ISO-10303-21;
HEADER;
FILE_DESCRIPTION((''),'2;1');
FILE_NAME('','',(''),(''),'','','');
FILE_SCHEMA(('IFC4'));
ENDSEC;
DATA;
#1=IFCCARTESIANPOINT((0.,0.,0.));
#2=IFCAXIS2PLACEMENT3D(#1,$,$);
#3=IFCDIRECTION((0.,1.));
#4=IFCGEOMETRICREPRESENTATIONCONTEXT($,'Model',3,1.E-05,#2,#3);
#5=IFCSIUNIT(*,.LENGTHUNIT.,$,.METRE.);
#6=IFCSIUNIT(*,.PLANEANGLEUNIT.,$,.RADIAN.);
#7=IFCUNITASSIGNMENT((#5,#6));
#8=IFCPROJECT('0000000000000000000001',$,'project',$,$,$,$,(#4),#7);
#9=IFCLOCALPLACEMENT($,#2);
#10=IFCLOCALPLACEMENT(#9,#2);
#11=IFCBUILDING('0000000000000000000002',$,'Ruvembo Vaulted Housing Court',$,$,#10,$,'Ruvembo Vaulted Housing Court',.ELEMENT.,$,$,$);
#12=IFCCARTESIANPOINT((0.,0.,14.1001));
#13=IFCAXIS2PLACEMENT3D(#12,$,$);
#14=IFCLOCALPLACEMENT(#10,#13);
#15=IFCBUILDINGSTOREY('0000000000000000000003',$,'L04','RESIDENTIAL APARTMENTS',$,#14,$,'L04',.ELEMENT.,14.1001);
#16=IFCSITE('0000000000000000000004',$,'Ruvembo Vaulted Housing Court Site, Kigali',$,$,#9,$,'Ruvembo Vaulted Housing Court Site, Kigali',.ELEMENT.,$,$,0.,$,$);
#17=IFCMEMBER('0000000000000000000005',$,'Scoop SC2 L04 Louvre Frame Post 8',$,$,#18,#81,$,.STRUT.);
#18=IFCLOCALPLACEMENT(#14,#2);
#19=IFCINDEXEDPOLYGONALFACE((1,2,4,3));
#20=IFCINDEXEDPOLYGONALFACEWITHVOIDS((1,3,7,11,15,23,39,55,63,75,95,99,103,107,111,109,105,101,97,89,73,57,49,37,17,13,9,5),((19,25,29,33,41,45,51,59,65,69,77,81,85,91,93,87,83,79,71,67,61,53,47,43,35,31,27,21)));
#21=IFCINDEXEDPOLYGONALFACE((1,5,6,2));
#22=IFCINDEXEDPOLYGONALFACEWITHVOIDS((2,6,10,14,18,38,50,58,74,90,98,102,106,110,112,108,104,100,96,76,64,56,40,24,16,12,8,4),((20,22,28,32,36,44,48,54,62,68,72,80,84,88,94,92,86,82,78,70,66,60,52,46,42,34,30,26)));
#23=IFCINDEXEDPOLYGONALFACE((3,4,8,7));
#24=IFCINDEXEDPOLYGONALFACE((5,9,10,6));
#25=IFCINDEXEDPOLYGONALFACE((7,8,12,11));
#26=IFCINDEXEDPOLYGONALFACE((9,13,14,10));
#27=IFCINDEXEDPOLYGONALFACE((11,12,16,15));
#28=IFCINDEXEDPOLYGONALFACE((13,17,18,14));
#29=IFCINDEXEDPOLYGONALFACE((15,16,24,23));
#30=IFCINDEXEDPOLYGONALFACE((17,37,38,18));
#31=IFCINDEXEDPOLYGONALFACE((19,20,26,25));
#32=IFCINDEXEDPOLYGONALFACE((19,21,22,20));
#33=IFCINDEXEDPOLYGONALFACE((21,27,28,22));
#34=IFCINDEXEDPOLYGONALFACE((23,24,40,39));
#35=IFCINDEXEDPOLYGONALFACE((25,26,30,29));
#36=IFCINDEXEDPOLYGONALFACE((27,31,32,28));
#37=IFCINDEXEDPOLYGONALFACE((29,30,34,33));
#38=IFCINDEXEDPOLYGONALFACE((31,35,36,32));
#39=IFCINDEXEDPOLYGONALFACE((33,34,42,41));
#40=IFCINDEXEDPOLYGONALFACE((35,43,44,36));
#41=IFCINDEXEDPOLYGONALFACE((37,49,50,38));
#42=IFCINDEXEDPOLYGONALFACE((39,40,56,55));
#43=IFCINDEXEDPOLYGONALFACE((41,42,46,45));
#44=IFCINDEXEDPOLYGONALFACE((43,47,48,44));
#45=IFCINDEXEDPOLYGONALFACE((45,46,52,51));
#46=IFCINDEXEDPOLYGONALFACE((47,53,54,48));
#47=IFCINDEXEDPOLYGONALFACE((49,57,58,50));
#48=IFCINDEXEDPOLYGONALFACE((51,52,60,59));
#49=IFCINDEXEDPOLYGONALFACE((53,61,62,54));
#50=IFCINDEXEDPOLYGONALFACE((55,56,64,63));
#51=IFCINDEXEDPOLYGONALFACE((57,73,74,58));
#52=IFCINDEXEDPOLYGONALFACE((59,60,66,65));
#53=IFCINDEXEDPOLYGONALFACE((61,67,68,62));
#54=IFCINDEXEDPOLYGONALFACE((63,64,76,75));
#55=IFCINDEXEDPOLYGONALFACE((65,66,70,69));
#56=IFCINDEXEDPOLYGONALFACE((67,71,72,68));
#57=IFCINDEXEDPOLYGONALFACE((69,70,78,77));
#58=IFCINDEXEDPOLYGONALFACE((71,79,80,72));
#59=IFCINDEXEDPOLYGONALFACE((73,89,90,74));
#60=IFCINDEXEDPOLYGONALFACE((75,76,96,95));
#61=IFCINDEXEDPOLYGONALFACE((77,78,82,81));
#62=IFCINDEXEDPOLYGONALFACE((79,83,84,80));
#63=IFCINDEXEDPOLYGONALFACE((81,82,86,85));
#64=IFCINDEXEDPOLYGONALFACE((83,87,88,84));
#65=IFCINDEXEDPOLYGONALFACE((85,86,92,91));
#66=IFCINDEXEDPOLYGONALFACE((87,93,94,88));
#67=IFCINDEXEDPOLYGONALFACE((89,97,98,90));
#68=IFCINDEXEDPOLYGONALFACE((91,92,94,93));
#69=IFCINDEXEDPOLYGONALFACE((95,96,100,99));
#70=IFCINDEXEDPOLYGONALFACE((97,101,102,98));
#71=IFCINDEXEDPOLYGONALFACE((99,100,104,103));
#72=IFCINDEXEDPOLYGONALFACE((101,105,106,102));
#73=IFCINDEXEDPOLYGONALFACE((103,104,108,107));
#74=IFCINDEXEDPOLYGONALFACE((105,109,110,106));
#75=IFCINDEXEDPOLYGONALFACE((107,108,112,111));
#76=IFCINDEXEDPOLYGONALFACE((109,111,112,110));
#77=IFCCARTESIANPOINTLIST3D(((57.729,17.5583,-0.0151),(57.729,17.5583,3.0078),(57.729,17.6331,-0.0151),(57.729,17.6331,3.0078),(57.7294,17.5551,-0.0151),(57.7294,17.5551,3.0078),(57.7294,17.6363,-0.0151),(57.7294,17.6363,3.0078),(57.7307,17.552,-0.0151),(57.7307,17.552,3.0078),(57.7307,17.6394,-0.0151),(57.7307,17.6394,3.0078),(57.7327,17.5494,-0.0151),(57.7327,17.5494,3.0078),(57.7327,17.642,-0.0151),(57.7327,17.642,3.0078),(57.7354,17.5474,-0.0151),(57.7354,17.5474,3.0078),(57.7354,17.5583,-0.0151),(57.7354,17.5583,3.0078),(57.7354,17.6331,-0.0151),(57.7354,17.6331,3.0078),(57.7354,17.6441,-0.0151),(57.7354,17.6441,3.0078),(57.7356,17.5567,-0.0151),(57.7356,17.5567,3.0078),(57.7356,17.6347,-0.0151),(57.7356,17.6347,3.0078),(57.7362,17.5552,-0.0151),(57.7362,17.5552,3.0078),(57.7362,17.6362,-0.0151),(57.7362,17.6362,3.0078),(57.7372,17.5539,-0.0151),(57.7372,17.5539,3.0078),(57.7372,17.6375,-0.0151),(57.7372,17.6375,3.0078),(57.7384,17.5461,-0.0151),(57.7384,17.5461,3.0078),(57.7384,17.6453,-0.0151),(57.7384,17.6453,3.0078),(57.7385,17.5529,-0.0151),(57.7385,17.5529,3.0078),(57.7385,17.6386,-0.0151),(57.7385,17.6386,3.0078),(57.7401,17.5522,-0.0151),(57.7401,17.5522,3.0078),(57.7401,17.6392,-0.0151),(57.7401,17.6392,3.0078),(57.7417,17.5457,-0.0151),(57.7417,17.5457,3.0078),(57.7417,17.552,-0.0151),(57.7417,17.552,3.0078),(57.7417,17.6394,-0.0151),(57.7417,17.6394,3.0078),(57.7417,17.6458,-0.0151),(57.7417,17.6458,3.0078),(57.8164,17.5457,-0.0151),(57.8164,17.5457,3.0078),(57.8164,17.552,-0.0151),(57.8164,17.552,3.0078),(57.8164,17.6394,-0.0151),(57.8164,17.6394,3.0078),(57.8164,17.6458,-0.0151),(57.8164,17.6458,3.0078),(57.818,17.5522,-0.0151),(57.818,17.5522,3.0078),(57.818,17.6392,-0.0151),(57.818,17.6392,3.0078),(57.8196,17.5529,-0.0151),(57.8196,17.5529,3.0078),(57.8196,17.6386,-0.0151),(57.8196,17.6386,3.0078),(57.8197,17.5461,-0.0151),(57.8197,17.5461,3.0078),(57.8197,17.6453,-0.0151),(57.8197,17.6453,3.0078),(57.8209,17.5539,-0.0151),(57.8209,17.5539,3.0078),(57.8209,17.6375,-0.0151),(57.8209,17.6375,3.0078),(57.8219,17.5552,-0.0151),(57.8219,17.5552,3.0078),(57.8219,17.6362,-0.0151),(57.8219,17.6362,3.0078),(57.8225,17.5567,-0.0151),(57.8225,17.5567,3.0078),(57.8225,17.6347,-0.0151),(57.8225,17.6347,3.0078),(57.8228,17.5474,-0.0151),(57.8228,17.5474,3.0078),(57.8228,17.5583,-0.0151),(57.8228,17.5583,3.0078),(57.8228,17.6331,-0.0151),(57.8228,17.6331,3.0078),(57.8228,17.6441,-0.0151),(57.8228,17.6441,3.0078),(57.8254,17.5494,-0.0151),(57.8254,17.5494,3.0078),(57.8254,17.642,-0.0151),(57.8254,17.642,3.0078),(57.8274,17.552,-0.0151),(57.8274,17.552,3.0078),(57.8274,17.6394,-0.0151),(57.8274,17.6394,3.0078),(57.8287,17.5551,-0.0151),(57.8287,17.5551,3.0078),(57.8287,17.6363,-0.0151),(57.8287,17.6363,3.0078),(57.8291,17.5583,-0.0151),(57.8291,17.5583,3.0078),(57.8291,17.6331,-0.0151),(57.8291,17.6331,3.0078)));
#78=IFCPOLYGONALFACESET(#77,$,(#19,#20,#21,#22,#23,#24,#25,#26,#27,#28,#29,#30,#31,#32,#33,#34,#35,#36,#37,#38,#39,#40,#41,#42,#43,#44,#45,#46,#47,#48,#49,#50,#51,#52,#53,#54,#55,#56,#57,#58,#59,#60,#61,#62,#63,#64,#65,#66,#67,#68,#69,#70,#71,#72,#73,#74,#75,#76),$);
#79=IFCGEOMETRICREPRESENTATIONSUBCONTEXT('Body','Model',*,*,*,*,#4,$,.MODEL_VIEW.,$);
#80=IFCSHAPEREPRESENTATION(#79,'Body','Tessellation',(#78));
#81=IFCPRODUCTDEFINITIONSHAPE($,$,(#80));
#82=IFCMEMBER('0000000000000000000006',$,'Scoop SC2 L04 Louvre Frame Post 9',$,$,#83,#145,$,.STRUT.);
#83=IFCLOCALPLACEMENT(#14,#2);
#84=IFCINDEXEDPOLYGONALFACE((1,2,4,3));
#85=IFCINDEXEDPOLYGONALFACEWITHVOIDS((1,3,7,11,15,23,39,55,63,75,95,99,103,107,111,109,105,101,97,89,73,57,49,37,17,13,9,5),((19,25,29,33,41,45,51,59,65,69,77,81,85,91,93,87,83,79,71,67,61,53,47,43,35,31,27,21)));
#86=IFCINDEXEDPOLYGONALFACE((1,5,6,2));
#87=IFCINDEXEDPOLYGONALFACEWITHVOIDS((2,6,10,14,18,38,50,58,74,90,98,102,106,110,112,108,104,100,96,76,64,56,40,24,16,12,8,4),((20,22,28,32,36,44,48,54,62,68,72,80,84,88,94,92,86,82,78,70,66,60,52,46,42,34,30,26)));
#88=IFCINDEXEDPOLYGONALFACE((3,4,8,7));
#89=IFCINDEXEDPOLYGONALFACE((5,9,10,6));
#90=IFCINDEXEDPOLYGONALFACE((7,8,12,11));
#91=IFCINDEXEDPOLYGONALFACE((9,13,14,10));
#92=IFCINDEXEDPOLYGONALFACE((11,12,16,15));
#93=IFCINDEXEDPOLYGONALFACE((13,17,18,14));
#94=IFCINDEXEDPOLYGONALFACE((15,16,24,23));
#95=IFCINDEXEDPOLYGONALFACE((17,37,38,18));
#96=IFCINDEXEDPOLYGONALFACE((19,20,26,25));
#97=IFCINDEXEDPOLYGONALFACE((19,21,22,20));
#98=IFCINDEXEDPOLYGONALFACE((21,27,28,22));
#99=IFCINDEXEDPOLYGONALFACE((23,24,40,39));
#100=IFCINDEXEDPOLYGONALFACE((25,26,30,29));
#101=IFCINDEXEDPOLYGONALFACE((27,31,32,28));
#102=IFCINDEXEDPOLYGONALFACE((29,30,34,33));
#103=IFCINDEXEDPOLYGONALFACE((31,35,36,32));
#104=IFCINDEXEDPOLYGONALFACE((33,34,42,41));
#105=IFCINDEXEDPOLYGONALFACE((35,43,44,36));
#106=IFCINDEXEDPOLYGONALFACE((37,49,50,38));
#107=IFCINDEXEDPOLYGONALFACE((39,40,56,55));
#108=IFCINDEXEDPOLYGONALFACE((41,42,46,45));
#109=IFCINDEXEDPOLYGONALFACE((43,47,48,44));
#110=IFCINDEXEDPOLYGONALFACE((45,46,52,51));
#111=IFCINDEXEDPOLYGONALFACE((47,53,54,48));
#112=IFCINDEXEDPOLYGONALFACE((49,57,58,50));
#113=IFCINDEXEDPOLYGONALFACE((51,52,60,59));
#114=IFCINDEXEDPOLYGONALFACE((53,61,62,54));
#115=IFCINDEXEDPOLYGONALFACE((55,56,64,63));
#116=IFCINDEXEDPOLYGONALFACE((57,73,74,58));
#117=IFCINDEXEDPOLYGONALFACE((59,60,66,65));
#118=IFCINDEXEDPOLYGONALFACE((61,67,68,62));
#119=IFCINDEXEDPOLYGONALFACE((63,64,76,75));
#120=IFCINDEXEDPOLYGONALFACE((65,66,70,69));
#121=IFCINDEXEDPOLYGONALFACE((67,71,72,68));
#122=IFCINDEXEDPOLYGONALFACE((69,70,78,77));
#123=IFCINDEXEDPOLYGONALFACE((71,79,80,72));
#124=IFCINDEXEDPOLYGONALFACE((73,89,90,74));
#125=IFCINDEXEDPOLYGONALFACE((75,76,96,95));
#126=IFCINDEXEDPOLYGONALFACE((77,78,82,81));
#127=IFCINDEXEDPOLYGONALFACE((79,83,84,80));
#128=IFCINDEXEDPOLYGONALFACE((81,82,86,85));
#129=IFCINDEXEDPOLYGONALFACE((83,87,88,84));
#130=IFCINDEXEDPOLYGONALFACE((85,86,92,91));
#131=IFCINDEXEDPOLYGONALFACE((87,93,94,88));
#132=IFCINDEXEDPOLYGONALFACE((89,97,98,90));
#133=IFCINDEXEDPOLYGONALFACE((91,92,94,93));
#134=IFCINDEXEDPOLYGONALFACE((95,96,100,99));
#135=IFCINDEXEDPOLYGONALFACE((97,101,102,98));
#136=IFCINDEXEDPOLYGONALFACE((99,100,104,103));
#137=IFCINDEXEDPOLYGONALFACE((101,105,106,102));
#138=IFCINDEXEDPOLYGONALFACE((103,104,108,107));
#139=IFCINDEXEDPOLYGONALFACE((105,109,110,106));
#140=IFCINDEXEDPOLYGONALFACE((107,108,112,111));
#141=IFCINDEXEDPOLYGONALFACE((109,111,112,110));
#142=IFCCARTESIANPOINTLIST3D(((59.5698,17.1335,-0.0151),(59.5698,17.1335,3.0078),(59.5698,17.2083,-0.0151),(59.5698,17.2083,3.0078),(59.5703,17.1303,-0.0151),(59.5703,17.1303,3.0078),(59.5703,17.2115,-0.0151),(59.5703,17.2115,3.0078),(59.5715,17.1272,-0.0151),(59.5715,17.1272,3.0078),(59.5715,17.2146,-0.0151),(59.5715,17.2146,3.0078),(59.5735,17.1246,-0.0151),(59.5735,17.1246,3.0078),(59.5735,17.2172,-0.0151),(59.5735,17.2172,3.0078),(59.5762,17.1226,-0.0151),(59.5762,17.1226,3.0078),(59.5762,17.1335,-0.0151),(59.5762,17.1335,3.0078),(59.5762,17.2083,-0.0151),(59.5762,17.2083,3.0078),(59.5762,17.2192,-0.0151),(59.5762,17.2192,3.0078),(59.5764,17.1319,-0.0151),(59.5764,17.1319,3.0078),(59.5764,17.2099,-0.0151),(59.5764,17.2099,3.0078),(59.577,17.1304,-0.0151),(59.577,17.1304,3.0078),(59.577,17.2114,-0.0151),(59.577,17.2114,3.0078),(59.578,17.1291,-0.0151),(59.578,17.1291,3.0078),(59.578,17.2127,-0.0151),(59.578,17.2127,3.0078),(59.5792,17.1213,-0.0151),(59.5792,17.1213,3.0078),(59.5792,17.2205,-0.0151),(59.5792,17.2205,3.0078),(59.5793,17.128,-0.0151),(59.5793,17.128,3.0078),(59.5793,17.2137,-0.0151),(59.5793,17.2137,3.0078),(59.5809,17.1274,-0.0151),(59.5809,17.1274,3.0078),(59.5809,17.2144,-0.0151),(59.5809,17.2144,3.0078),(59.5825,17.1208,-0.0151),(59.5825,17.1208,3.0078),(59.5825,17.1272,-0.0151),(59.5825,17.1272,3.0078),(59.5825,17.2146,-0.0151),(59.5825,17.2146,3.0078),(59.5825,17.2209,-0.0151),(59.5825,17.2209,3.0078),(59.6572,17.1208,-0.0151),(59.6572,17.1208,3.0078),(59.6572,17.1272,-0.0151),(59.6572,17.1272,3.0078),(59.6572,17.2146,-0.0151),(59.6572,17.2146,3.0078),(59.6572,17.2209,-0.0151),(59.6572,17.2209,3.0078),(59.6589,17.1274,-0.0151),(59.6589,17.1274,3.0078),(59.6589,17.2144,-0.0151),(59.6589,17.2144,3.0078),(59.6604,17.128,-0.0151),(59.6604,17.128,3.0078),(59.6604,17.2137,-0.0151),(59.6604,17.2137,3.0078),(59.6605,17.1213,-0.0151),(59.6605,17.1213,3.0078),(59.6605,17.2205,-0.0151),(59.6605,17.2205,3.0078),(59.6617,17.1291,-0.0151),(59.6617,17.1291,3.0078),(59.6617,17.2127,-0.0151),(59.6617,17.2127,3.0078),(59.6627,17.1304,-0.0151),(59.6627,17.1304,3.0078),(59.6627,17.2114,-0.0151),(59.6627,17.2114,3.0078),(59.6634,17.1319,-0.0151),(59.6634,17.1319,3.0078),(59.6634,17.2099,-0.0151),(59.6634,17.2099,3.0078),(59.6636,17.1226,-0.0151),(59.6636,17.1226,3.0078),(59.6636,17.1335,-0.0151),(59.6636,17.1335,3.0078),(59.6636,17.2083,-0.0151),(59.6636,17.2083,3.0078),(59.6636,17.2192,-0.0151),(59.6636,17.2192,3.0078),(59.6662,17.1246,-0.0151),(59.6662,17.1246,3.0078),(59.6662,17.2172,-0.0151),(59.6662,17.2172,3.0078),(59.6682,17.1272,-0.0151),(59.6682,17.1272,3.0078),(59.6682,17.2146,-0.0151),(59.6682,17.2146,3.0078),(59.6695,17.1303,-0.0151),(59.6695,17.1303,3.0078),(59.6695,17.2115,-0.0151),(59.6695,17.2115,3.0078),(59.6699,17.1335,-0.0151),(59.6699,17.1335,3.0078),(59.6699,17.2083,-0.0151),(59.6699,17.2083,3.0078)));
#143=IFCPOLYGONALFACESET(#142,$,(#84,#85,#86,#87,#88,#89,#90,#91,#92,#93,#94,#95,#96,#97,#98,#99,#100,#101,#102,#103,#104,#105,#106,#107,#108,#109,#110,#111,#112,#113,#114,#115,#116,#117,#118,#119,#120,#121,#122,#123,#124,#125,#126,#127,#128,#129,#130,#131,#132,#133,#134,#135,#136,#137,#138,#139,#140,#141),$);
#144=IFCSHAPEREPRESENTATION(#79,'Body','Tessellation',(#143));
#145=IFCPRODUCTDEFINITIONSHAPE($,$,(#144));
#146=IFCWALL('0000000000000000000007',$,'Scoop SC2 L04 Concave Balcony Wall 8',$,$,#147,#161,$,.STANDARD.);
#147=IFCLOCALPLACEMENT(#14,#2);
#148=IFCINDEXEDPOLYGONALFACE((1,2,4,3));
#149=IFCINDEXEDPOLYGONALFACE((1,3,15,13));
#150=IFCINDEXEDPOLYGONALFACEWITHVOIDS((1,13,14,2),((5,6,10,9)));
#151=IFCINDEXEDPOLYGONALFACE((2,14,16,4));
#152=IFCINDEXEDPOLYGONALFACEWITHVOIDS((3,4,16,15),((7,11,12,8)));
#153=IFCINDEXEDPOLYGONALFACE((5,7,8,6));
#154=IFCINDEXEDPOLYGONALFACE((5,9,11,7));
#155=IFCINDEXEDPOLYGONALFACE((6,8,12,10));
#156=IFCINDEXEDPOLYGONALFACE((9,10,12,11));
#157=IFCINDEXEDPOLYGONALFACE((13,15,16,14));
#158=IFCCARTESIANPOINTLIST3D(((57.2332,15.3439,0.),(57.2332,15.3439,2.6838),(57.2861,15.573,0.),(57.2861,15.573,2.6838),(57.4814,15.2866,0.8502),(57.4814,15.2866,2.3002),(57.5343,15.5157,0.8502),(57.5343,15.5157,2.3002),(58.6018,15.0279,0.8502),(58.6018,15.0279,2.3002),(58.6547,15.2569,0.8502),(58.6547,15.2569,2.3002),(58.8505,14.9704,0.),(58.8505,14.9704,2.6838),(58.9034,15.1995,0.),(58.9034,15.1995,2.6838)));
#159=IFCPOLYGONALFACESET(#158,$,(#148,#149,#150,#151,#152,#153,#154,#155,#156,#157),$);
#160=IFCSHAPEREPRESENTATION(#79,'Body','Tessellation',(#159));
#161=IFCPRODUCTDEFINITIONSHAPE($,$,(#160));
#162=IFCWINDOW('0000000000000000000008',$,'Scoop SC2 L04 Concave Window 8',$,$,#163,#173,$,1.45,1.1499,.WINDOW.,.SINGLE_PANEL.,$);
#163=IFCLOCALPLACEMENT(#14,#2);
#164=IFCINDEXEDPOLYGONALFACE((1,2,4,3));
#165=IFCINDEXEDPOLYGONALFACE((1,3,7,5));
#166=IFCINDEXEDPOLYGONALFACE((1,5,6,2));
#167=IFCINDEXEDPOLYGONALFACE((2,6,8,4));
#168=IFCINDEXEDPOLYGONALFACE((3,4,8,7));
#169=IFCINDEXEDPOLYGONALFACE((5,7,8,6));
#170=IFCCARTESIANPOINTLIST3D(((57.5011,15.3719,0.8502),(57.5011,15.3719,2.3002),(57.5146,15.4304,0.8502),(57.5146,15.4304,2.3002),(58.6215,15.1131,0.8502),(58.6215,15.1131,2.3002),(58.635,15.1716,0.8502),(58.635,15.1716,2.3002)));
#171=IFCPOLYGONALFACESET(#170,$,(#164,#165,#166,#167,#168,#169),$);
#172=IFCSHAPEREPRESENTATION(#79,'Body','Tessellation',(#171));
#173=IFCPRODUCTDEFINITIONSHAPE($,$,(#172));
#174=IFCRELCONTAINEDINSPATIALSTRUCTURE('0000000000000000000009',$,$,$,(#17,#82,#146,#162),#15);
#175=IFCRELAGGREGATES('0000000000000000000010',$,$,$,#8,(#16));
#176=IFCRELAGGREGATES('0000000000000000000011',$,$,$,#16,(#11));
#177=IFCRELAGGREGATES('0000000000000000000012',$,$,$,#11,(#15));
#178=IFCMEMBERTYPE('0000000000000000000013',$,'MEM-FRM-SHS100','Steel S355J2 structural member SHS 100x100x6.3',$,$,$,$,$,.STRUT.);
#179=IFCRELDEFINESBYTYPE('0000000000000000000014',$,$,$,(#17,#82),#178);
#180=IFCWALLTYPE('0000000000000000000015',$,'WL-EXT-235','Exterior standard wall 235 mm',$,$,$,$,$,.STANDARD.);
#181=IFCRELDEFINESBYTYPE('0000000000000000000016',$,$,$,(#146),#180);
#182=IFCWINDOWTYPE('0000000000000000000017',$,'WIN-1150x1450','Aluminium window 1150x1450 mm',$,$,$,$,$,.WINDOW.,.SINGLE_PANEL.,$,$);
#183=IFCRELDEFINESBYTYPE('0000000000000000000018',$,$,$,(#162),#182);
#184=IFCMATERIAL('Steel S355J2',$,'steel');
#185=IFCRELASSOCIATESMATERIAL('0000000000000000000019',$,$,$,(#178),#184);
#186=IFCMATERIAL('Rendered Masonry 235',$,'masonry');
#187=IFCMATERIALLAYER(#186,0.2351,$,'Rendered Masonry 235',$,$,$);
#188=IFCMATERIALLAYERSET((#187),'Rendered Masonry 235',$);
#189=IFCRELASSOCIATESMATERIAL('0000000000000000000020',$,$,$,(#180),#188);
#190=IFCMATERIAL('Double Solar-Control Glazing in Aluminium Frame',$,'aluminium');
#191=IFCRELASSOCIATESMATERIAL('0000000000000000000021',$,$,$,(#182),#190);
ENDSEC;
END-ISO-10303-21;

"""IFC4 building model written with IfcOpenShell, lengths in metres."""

from ifc_helpers import new_model, si_unit, direction, frame, frame_2d, origin, origin_2d, place, context, subcontext, project, spatial, rectangle, hollow_rectangle, extrude, material, layer, layer_set, material_profile, profile_set, type_object, element, fill, save


model = new_model("IFC4")

# Units and contexts
model_context = context("Model", 3, precision=1e-05, world=origin(), true_north=direction((0.0, 1.0)))
body_context = subcontext(model_context, "Body", "Model", "MODEL_VIEW")
ifc_project = project(units=[si_unit("LENGTHUNIT", "METRE"), si_unit("PLANEANGLEUNIT", "RADIAN")], contexts=[model_context])

# Site, building, storey
site_placement = place(None, origin())
site = spatial("IfcSite", under=ifc_project, at=site_placement, Name="Ruvembo Vaulted Housing Court Site, Kigali", LongName="Ruvembo Vaulted Housing Court Site, Kigali", CompositionType="ELEMENT", RefElevation=0.0)
building_placement = place(site_placement, origin())
building = spatial("IfcBuilding", under=site, at=building_placement, Name="Ruvembo Vaulted Housing Court", LongName="Ruvembo Vaulted Housing Court", CompositionType="ELEMENT")
storey_placement = place(building_placement, frame((0.0, 0.0, 14.1001)))
storey = spatial("IfcBuildingStorey", under=building, at=storey_placement, Name="L04", Description="RESIDENTIAL APARTMENTS", LongName="L04", CompositionType="ELEMENT", Elevation=14.1001)

# Shared definitions
ifc_material_1 = material(Name="Steel S355J2", Category="steel")

# Members
ifc_material_profile_1 = material_profile(ifc_material_1, hollow_rectangle(XDim=0.1001, YDim=0.1001, WallThickness=0.0063, InnerFilletRadius=0.0063, OuterFilletRadius=0.0127, at=origin_2d()), Name="SHS 100x100x6.3")
ifc_profile_set_1 = profile_set([ifc_material_profile_1], Name="Steel S355J2")
member_type_1 = type_object("IfcMemberType", Name="MEM-FRM-SHS100", Description="Steel S355J2 structural member SHS 100x100x6.3", PredefinedType="STRUT", material=ifc_profile_set_1)
for number, where, z_axis, x_axis, name in (
    (1, (57.7791, 17.5957, -0.0151), (0.0, 0.0, 1.0), (1.0, 0.0, 0.0), "Scoop SC2 L04 Louvre Frame Post 8"),
    (2, (59.6199, 17.1709, -0.0151), (0.0, 0.0, 1.0), (1.0, 0.0, 0.0), "Scoop SC2 L04 Louvre Frame Post 9"),
):
    element("IfcMember", number, at=place(storey_placement, frame(where, z_axis=z_axis, x_axis=x_axis)), inside=storey, type_object=member_type_1, Name=name, PredefinedType="STRUT", context=body_context, shape_type="SweptSolid", body=[
        extrude(hollow_rectangle(XDim=0.1001, YDim=0.1001, WallThickness=0.0063, InnerFilletRadius=0.0063, OuterFilletRadius=0.0127, at=origin_2d()), origin(), (0.0, 0.0, 1.0), 3.0229),
    ])

# Shared definitions
ifc_material_2 = material(Name="Rendered Masonry 235", Category="masonry")
ifc_layer_1 = layer(ifc_material_2, 0.2351, Name="Rendered Masonry 235")
ifc_layer_set_1 = layer_set([ifc_layer_1], Name="Rendered Masonry 235")
wall_type_1 = type_object("IfcWallType", Name="WL-EXT-235", Description="Exterior standard wall 235 mm", PredefinedType="STANDARD", material=ifc_layer_set_1)

# Wall, opening, window
wall_1_placement = place(storey_placement, frame((57.2595, 15.4585, 0.0), z_axis=(0.0, 0.0, 1.0), x_axis=(0.974354, -0.225021, 0.0)))
wall_1 = element("IfcWall", 3, at=wall_1_placement, inside=storey, type_object=wall_type_1, Name="Scoop SC2 L04 Concave Balcony Wall 8", PredefinedType="STANDARD", context=body_context, shape_type="SweptSolid", body=[
    extrude(rectangle(XDim=1.6599, YDim=0.2351, at=frame_2d((0.8301, 0.0))), origin(), (0.0, 0.0, 1.0), 2.6838),
])
opening_1_placement = place(wall_1_placement, frame((0.2549, 0.0, 0.8501)))
opening_1 = element("IfcOpeningElement", 4, at=opening_1_placement, cuts=wall_1, PredefinedType="OPENING", context=body_context, shape_type="SweptSolid", body=[
    extrude(rectangle(XDim=1.1499, YDim=1.45, at=frame_2d((0.575, 0.7251))), frame((0.0, 0.1274, 0.0), z_axis=(0.0, -1.0, 0.0), x_axis=(1.0, 0.0, 0.0)), (0.0, 0.0, 1.0), 0.2551),
])
ifc_material_3 = material(Name="Double Solar-Control Glazing in Aluminium Frame", Category="aluminium")
window_type_1 = type_object("IfcWindowType", Name="WIN-1150x1450", Description="Aluminium window 1150x1450 mm", PartitioningType="SINGLE_PANEL", PredefinedType="WINDOW", material=ifc_material_3)
window_1_placement = place(opening_1_placement, origin())
window_1 = element("IfcWindow", 5, at=window_1_placement, inside=storey, type_object=window_type_1, Name="Scoop SC2 L04 Concave Window 8", OverallHeight=1.45, OverallWidth=1.1499, PartitioningType="SINGLE_PANEL", PredefinedType="WINDOW", context=body_context, shape_type="SweptSolid", body=[
    extrude(rectangle(XDim=1.1499, YDim=1.45, at=frame_2d((0.575, 0.7251))), frame((0.0, 0.03, 0.0), z_axis=(0.0, -1.0, 0.0), x_axis=(1.0, 0.0, 0.0)), (0.0, 0.0, 1.0), 0.0601),
])
fill(opening_1, window_1)

save(model, "model.ifc")
